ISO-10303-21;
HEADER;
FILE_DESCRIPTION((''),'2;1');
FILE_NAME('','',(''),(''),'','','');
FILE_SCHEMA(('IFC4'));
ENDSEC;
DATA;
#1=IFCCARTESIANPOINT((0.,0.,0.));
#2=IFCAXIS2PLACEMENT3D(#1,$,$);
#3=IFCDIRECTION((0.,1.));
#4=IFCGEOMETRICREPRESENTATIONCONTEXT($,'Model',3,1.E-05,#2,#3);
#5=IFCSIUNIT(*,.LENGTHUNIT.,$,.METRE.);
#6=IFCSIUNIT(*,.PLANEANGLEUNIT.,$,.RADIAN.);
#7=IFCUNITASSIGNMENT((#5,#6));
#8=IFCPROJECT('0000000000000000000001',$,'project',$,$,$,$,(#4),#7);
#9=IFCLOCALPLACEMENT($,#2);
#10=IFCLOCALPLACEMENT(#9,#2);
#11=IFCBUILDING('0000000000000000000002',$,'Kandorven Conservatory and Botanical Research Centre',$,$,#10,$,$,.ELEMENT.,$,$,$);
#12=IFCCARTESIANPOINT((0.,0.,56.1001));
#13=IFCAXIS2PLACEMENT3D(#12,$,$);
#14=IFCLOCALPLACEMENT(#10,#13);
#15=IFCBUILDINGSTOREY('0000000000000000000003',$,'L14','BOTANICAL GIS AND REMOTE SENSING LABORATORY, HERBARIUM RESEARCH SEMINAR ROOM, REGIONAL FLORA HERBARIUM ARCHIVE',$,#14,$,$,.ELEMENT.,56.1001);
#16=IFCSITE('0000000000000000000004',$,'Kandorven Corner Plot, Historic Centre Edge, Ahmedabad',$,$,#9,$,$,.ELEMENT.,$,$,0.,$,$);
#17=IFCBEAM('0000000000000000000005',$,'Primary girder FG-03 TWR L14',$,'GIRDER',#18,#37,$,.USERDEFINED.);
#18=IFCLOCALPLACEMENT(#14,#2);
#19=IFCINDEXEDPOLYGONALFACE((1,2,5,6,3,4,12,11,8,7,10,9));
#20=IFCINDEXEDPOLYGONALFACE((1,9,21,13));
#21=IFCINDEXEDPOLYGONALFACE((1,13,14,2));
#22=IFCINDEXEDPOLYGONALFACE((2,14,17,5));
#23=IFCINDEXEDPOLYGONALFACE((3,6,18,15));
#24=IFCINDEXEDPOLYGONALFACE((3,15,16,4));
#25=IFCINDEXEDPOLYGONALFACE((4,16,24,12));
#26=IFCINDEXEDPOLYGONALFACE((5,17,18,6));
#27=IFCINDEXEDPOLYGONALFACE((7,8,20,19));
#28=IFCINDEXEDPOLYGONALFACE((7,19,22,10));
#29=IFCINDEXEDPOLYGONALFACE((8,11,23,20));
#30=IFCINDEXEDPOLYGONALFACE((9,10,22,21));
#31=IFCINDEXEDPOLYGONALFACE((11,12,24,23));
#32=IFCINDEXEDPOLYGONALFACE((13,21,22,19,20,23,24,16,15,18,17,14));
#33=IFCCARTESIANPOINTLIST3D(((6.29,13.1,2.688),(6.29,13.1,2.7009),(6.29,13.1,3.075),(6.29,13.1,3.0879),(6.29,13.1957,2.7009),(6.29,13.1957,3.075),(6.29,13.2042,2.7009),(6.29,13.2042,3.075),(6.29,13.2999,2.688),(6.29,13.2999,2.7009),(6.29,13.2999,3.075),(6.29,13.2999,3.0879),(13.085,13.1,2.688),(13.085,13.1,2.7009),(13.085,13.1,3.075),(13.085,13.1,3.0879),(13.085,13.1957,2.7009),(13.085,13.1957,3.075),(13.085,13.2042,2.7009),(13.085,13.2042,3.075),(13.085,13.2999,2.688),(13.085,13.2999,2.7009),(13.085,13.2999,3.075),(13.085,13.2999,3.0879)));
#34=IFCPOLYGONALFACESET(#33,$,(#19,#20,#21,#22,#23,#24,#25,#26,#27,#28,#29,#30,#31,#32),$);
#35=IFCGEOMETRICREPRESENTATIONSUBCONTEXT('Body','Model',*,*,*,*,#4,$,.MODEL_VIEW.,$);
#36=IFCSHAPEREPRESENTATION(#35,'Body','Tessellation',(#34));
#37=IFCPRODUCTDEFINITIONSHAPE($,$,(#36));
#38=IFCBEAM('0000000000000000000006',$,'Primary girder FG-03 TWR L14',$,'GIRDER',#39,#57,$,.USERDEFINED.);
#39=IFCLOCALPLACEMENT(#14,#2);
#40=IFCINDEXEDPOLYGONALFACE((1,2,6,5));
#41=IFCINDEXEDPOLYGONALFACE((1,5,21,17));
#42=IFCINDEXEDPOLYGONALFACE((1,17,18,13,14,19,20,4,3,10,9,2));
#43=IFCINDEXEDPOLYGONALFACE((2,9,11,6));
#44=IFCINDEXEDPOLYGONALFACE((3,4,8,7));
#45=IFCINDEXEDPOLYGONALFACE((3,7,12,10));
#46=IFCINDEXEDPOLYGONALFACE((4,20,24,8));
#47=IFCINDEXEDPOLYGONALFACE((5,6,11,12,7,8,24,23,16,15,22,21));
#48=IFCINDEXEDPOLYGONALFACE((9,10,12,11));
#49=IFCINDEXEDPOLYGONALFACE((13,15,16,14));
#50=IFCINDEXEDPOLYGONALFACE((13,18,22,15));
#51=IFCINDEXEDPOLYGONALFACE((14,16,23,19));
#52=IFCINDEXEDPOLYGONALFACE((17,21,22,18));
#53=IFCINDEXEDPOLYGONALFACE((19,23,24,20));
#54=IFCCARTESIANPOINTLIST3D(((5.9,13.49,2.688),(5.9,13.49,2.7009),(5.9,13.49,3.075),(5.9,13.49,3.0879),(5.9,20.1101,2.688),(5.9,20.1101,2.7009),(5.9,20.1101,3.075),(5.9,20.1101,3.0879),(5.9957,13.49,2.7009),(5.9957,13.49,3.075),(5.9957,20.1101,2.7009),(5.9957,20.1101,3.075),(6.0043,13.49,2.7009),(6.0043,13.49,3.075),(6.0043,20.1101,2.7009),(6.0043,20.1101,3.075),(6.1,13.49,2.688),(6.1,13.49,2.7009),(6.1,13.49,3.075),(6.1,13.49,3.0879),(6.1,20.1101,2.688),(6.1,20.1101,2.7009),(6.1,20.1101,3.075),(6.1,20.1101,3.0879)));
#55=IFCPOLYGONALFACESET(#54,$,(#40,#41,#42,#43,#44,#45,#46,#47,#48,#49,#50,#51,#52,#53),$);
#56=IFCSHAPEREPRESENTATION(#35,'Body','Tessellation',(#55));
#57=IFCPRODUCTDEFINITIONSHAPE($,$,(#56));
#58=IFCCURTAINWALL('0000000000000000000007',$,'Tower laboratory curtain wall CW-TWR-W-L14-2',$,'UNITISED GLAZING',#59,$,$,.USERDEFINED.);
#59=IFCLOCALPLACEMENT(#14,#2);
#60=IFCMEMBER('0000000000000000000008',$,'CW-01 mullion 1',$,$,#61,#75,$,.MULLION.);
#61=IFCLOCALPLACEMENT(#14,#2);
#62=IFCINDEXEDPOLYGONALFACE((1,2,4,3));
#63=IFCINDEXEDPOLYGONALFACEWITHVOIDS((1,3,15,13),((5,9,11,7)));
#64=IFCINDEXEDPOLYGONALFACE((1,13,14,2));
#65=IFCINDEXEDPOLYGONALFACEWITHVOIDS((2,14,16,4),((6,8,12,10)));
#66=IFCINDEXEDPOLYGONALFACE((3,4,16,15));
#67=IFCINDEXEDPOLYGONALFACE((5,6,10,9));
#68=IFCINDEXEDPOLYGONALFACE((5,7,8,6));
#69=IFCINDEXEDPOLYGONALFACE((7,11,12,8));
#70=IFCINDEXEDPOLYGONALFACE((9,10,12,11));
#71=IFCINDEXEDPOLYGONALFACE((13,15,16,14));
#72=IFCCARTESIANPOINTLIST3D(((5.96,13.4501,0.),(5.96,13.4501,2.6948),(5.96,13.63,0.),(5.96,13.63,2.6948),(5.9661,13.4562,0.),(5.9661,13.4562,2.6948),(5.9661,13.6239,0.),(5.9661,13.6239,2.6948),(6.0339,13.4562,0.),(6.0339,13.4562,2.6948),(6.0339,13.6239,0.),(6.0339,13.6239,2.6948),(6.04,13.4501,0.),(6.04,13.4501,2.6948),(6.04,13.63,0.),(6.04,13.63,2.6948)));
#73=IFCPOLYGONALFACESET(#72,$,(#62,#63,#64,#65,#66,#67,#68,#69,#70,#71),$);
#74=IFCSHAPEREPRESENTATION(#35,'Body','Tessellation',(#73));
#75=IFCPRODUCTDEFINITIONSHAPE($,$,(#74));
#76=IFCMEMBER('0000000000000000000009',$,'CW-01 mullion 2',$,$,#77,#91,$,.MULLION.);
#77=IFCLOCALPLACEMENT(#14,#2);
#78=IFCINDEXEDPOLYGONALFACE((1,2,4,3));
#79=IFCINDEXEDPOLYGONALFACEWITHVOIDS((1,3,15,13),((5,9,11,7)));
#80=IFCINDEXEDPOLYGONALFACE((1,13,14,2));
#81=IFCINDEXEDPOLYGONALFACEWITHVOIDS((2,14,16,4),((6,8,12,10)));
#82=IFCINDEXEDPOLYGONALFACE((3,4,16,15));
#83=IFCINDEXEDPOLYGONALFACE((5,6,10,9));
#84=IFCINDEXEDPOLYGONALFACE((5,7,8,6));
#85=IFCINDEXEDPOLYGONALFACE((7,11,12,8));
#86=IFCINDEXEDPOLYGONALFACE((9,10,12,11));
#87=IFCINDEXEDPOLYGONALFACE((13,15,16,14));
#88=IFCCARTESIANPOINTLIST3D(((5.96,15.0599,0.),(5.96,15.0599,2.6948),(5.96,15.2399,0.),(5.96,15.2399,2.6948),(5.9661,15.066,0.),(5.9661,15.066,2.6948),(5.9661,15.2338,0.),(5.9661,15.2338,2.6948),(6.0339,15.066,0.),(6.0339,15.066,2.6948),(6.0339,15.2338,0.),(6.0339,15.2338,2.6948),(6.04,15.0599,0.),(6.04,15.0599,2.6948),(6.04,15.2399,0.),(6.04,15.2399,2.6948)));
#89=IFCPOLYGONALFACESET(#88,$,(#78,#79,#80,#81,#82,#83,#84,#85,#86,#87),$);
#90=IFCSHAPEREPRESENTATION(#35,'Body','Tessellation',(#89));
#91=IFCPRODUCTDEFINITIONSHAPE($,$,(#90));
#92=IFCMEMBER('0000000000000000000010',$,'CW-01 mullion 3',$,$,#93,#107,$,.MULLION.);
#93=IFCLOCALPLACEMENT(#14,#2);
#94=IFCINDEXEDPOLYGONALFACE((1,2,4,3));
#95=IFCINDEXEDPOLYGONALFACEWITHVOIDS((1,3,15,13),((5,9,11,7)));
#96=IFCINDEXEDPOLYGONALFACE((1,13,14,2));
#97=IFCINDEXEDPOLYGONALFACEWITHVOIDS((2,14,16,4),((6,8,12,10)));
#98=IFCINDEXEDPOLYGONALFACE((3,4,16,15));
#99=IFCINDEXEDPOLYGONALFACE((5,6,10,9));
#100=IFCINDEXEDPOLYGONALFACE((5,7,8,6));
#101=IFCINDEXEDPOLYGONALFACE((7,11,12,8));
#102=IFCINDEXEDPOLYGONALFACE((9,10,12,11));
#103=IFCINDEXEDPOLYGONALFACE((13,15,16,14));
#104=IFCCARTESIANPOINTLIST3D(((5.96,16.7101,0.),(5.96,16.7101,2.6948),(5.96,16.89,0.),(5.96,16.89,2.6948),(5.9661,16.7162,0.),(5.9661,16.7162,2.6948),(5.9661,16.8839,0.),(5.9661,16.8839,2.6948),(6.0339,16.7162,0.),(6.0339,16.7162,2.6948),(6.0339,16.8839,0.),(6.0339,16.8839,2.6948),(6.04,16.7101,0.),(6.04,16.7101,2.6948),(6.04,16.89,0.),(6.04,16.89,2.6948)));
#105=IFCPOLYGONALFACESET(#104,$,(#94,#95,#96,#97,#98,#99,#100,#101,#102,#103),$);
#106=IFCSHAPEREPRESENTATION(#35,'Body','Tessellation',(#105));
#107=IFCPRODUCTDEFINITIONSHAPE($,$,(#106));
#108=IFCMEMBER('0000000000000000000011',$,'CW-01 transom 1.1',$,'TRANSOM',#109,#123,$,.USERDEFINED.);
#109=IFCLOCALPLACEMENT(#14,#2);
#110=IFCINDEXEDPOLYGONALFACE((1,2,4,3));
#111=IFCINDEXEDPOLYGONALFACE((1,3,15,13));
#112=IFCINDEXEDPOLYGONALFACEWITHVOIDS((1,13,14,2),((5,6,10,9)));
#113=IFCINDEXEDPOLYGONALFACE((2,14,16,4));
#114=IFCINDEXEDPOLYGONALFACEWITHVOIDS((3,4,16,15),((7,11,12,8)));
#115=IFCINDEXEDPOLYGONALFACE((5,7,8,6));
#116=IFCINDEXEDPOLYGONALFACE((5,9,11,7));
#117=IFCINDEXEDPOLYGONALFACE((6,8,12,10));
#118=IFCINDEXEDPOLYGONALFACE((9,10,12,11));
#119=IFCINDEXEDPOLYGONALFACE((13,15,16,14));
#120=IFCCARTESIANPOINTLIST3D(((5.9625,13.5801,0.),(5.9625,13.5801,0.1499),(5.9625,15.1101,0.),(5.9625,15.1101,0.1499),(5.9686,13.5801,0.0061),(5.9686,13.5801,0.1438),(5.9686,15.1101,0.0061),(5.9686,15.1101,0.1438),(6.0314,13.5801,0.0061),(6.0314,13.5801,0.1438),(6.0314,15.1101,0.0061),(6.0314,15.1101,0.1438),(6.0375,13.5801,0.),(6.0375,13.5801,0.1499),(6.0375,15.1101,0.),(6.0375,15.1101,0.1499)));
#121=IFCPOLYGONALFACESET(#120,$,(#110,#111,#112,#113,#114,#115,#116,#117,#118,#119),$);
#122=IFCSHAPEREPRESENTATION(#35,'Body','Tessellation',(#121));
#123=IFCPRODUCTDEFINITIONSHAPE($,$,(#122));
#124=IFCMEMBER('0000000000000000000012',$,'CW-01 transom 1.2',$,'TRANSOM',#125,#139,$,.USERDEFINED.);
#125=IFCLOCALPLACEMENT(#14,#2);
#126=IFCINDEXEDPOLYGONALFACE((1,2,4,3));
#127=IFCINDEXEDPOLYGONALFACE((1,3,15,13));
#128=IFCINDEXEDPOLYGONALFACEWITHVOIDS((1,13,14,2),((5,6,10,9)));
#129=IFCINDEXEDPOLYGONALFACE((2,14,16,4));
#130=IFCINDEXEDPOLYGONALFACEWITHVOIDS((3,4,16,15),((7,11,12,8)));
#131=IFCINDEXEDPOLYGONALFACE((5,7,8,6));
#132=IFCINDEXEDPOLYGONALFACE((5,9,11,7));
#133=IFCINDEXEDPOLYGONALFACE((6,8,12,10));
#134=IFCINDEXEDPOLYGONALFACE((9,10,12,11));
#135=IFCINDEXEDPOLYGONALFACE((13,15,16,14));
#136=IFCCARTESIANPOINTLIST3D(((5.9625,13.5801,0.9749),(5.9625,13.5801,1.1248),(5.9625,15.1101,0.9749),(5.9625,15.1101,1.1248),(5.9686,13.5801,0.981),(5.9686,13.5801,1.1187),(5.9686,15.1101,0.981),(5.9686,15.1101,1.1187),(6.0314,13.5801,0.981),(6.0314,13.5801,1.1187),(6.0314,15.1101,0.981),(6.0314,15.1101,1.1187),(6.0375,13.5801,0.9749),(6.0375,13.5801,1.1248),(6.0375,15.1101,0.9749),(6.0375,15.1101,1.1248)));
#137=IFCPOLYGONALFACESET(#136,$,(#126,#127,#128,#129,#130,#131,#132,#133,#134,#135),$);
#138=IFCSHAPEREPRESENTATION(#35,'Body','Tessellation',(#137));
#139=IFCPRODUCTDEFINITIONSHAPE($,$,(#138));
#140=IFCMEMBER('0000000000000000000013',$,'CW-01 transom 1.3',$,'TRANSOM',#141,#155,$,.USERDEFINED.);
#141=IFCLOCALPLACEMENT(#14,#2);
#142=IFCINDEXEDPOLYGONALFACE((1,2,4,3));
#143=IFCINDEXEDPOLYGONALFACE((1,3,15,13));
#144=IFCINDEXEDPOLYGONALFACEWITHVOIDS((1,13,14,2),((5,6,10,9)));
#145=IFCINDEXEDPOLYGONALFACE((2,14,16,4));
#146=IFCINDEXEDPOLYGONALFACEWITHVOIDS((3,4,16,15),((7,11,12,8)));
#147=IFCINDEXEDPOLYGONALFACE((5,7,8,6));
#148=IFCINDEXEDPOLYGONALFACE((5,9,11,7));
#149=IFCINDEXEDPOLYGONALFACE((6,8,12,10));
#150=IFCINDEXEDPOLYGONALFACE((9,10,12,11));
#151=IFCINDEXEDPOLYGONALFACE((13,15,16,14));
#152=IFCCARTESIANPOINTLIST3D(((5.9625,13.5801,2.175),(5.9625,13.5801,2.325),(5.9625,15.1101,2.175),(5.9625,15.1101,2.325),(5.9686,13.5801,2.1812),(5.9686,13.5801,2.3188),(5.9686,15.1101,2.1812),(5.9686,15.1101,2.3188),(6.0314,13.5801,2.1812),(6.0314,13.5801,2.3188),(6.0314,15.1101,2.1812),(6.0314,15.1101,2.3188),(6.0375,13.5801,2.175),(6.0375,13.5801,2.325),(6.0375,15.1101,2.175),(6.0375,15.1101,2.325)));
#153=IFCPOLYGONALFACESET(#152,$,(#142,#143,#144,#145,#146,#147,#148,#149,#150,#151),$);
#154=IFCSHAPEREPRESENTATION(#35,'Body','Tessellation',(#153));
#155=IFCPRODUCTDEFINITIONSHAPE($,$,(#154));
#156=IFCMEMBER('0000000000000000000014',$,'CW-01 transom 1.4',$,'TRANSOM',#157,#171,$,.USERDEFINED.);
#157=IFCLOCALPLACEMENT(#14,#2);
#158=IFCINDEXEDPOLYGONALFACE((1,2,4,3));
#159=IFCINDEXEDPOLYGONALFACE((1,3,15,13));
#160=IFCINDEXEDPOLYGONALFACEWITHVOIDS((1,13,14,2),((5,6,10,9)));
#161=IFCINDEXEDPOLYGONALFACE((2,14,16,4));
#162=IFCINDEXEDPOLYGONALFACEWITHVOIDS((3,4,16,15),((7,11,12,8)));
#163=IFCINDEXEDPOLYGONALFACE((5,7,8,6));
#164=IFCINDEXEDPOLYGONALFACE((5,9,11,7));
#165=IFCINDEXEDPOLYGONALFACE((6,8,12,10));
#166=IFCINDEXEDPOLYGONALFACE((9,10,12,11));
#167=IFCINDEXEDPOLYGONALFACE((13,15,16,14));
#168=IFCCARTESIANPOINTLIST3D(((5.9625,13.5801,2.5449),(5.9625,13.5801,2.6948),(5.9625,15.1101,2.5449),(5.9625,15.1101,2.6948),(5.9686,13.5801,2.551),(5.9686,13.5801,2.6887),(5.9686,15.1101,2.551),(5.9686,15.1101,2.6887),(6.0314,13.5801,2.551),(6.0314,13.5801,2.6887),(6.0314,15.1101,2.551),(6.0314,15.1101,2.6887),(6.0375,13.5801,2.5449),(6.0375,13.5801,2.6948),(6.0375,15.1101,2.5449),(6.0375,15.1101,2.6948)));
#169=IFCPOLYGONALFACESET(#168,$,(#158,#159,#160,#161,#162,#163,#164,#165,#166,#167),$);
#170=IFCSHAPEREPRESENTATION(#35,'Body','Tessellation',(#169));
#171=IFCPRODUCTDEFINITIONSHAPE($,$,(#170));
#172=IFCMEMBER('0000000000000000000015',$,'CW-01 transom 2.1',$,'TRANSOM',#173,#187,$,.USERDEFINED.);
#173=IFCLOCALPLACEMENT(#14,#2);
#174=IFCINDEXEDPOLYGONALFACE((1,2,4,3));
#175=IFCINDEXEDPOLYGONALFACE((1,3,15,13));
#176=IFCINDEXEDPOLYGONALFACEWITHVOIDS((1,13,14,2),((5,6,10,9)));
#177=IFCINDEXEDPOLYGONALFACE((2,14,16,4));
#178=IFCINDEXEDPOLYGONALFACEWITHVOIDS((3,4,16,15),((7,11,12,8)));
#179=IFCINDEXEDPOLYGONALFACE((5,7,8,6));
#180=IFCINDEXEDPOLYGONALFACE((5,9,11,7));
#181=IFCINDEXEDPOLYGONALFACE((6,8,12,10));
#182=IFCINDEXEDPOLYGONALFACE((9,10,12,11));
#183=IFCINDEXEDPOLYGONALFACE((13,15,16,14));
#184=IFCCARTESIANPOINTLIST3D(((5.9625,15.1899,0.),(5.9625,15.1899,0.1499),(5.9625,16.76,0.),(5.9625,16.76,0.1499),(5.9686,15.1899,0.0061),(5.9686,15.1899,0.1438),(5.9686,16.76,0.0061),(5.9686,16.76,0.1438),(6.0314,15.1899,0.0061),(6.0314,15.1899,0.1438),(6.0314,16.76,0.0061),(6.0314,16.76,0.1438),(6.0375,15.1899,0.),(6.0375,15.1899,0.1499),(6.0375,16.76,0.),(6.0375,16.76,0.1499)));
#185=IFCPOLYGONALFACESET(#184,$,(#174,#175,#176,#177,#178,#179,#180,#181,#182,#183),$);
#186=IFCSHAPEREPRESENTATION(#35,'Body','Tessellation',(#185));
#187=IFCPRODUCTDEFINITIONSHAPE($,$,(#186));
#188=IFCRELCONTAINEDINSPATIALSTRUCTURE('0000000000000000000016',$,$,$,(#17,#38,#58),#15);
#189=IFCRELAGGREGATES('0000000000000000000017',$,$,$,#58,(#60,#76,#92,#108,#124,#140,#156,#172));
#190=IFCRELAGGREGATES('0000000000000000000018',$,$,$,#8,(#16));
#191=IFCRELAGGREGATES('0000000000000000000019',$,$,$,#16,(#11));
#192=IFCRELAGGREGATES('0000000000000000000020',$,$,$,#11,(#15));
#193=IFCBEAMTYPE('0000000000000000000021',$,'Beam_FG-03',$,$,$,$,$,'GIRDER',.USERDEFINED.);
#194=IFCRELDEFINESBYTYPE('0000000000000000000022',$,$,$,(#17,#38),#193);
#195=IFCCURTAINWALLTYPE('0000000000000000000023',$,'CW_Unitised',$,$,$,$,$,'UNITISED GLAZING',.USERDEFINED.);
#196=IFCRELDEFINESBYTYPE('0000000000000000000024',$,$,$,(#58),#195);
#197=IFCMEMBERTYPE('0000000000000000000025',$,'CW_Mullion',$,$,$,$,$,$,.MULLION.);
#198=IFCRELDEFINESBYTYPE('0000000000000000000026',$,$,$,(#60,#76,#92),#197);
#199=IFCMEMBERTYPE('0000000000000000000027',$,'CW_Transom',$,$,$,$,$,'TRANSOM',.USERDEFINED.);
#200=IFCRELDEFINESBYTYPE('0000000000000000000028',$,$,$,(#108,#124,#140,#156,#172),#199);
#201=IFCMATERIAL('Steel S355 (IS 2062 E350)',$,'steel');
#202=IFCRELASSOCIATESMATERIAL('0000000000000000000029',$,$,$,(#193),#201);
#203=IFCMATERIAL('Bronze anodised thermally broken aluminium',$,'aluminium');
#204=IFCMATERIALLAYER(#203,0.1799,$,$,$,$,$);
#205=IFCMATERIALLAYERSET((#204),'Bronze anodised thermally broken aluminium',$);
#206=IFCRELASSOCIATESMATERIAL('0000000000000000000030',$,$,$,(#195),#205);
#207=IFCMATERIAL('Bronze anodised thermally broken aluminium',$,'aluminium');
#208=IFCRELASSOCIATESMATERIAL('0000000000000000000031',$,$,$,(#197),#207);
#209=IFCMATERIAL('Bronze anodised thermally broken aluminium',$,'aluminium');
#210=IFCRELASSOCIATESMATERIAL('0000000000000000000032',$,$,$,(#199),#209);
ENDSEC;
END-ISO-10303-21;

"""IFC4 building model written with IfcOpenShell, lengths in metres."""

from ifc_helpers import new_model, si_unit, direction, frame, origin, origin_2d, place, context, subcontext, project, spatial, hollow_rectangle, i_section, extrude, material, layer, layer_set, material_profile, profile_set, type_object, element, aggregate, save


model = new_model("IFC4")

# Units and contexts
model_context = context("Model", 3, precision=1e-05, world=origin(), true_north=direction((0.0, 1.0)))
body_context = subcontext(model_context, "Body", "Model", "MODEL_VIEW")
ifc_project = project(units=[si_unit("LENGTHUNIT", "METRE"), si_unit("PLANEANGLEUNIT", "RADIAN")], contexts=[model_context])

# Site, building, storey
site_placement = place(None, origin())
site = spatial("IfcSite", under=ifc_project, at=site_placement, Name="Kandorven Corner Plot, Historic Centre Edge, Ahmedabad", CompositionType="ELEMENT", RefElevation=0.0)
building_placement = place(site_placement, origin())
building = spatial("IfcBuilding", under=site, at=building_placement, Name="Kandorven Conservatory and Botanical Research Centre", CompositionType="ELEMENT")
storey_placement = place(building_placement, frame((0.0, 0.0, 56.1001)))
storey = spatial("IfcBuildingStorey", under=building, at=storey_placement, Name="L14", Description="BOTANICAL GIS AND REMOTE SENSING LABORATORY, HERBARIUM RESEARCH SEMINAR ROOM, REGIONAL FLORA HERBARIUM ARCHIVE", CompositionType="ELEMENT", Elevation=56.1001)

# Beams
ifc_material_1 = material(Name="Steel S355 (IS 2062 E350)", Category="steel")
ifc_material_profile_1 = material_profile(ifc_material_1, i_section(OverallWidth=0.2, OverallDepth=0.3999, WebThickness=0.0085, FlangeThickness=0.0129, at=origin_2d()))
ifc_profile_set_1 = profile_set([ifc_material_profile_1], Name="Steel S355 (IS 2062 E350)")
beam_type = type_object("IfcBeamType", Name="Beam_FG-03", ElementType="GIRDER", PredefinedType="USERDEFINED", material=ifc_profile_set_1)
beam_1_placement = place(storey_placement, frame((6.29, 13.2, 2.8879), z_axis=(1.0, 0.0, 0.0), x_axis=(0.0, 1.0, 0.0)))
element("IfcBeam", 1, at=beam_1_placement, inside=storey, type_object=beam_type, Name="Primary girder FG-03 TWR L14", ObjectType="GIRDER", PredefinedType="USERDEFINED", context=body_context, shape_type="SweptSolid", body=[
    extrude(i_section(OverallWidth=0.2, OverallDepth=0.3999, WebThickness=0.0085, FlangeThickness=0.0129, at=origin_2d()), origin(), (0.0, 0.0, 1.0), 6.7949),
])
beam_2_placement = place(storey_placement, frame((6.0, 13.49, 2.8879), z_axis=(0.0, 1.0, 0.0), x_axis=(-1.0, 0.0, 0.0)))
element("IfcBeam", 2, at=beam_2_placement, inside=storey, type_object=beam_type, Name="Primary girder FG-03 TWR L14", ObjectType="GIRDER", PredefinedType="USERDEFINED", context=body_context, shape_type="SweptSolid", body=[
    extrude(i_section(OverallWidth=0.2, OverallDepth=0.3999, WebThickness=0.0085, FlangeThickness=0.0129, at=origin_2d()), origin(), (0.0, 0.0, 1.0), 6.6201),
])

# Curtain wall, members
ifc_material_2 = material(Name="Bronze anodised thermally broken aluminium", Category="aluminium")
ifc_layer_1 = layer(ifc_material_2, 0.1799)
ifc_layer_set_1 = layer_set([ifc_layer_1], Name="Bronze anodised thermally broken aluminium")
curtain_wall_type = type_object("IfcCurtainWallType", Name="CW_Unitised", ElementType="UNITISED GLAZING", PredefinedType="USERDEFINED", material=ifc_layer_set_1)
curtain_wall_placement = place(storey_placement, origin())
curtain_wall = element("IfcCurtainWall", 3, at=curtain_wall_placement, inside=storey, type_object=curtain_wall_type, Name="Tower laboratory curtain wall CW-TWR-W-L14-2", ObjectType="UNITISED GLAZING", PredefinedType="USERDEFINED")
ifc_material_3 = material(Name="Bronze anodised thermally broken aluminium", Category="aluminium")
ifc_material_profile_2 = material_profile(ifc_material_3, hollow_rectangle(XDim=0.0801, YDim=0.1799, WallThickness=0.0061, at=origin_2d()))
ifc_profile_set_2 = profile_set([ifc_material_profile_2], Name="Bronze anodised thermally broken aluminium")
member_type_1 = type_object("IfcMemberType", Name="CW_Mullion", PredefinedType="MULLION", material=ifc_profile_set_2)
member_1_placement = place(storey_placement, frame((6.0, 13.54, 0.0), z_axis=(0.0, 0.0, 1.0), x_axis=(-1.0, 0.0, 0.0)))
member_1 = element("IfcMember", 4, at=member_1_placement, type_object=member_type_1, Name="CW-01 mullion 1", PredefinedType="MULLION", context=body_context, shape_type="SweptSolid", body=[
    extrude(hollow_rectangle(XDim=0.0801, YDim=0.1799, WallThickness=0.0061, at=origin_2d()), origin(), (0.0, 0.0, 1.0), 2.6948),
])
member_2_placement = place(storey_placement, frame((6.0, 15.1499, 0.0), z_axis=(0.0, 0.0, 1.0), x_axis=(-1.0, 0.0, 0.0)))
member_2 = element("IfcMember", 5, at=member_2_placement, type_object=member_type_1, Name="CW-01 mullion 2", PredefinedType="MULLION", context=body_context, shape_type="SweptSolid", body=[
    extrude(hollow_rectangle(XDim=0.0801, YDim=0.1799, WallThickness=0.0061, at=origin_2d()), origin(), (0.0, 0.0, 1.0), 2.6948),
])
member_3_placement = place(storey_placement, frame((6.0, 16.8, 0.0), z_axis=(0.0, 0.0, 1.0), x_axis=(-1.0, 0.0, 0.0)))
member_3 = element("IfcMember", 6, at=member_3_placement, type_object=member_type_1, Name="CW-01 mullion 3", PredefinedType="MULLION", context=body_context, shape_type="SweptSolid", body=[
    extrude(hollow_rectangle(XDim=0.0801, YDim=0.1799, WallThickness=0.0061, at=origin_2d()), origin(), (0.0, 0.0, 1.0), 2.6948),
])
ifc_material_4 = material(Name="Bronze anodised thermally broken aluminium", Category="aluminium")
ifc_material_profile_3 = material_profile(ifc_material_4, hollow_rectangle(XDim=0.075, YDim=0.1499, WallThickness=0.0061, at=origin_2d()))
ifc_profile_set_3 = profile_set([ifc_material_profile_3], Name="Bronze anodised thermally broken aluminium")
member_type_2 = type_object("IfcMemberType", Name="CW_Transom", ElementType="TRANSOM", PredefinedType="USERDEFINED", material=ifc_profile_set_3)
member_4_placement = place(storey_placement, frame((6.0, 13.5801, 0.075), z_axis=(0.0, 1.0, 0.0), x_axis=(-1.0, 0.0, 0.0)))
member_4 = element("IfcMember", 7, at=member_4_placement, type_object=member_type_2, Name="CW-01 transom 1.1", ObjectType="TRANSOM", PredefinedType="USERDEFINED", context=body_context, shape_type="SweptSolid", body=[
    extrude(hollow_rectangle(XDim=0.075, YDim=0.1499, WallThickness=0.0061, at=origin_2d()), origin(), (0.0, 0.0, 1.0), 1.53),
])
member_5_placement = place(storey_placement, frame((6.0, 13.5801, 1.0498), z_axis=(0.0, 1.0, 0.0), x_axis=(-1.0, 0.0, 0.0)))
member_5 = element("IfcMember", 8, at=member_5_placement, type_object=member_type_2, Name="CW-01 transom 1.2", ObjectType="TRANSOM", PredefinedType="USERDEFINED", context=body_context, shape_type="SweptSolid", body=[
    extrude(hollow_rectangle(XDim=0.075, YDim=0.1499, WallThickness=0.0061, at=origin_2d()), origin(), (0.0, 0.0, 1.0), 1.53),
])
member_6_placement = place(storey_placement, frame((6.0, 13.5801, 2.25), z_axis=(0.0, 1.0, 0.0), x_axis=(-1.0, 0.0, 0.0)))
member_6 = element("IfcMember", 9, at=member_6_placement, type_object=member_type_2, Name="CW-01 transom 1.3", ObjectType="TRANSOM", PredefinedType="USERDEFINED", context=body_context, shape_type="SweptSolid", body=[
    extrude(hollow_rectangle(XDim=0.075, YDim=0.1499, WallThickness=0.0061, at=origin_2d()), origin(), (0.0, 0.0, 1.0), 1.53),
])
member_7_placement = place(storey_placement, frame((6.0, 13.5801, 2.6199), z_axis=(0.0, 1.0, 0.0), x_axis=(-1.0, 0.0, 0.0)))
member_7 = element("IfcMember", 10, at=member_7_placement, type_object=member_type_2, Name="CW-01 transom 1.4", ObjectType="TRANSOM", PredefinedType="USERDEFINED", context=body_context, shape_type="SweptSolid", body=[
    extrude(hollow_rectangle(XDim=0.075, YDim=0.1499, WallThickness=0.0061, at=origin_2d()), origin(), (0.0, 0.0, 1.0), 1.53),
])
member_8_placement = place(storey_placement, frame((6.0, 15.1899, 0.075), z_axis=(0.0, 1.0, 0.0), x_axis=(-1.0, 0.0, 0.0)))
member_8 = element("IfcMember", 11, at=member_8_placement, type_object=member_type_2, Name="CW-01 transom 2.1", ObjectType="TRANSOM", PredefinedType="USERDEFINED", context=body_context, shape_type="SweptSolid", body=[
    extrude(hollow_rectangle(XDim=0.075, YDim=0.1499, WallThickness=0.0061, at=origin_2d()), origin(), (0.0, 0.0, 1.0), 1.5701),
])
aggregate(curtain_wall, [member_1, member_2, member_3, member_4, member_5, member_6, member_7, member_8])

save(model, "model.ifc")
